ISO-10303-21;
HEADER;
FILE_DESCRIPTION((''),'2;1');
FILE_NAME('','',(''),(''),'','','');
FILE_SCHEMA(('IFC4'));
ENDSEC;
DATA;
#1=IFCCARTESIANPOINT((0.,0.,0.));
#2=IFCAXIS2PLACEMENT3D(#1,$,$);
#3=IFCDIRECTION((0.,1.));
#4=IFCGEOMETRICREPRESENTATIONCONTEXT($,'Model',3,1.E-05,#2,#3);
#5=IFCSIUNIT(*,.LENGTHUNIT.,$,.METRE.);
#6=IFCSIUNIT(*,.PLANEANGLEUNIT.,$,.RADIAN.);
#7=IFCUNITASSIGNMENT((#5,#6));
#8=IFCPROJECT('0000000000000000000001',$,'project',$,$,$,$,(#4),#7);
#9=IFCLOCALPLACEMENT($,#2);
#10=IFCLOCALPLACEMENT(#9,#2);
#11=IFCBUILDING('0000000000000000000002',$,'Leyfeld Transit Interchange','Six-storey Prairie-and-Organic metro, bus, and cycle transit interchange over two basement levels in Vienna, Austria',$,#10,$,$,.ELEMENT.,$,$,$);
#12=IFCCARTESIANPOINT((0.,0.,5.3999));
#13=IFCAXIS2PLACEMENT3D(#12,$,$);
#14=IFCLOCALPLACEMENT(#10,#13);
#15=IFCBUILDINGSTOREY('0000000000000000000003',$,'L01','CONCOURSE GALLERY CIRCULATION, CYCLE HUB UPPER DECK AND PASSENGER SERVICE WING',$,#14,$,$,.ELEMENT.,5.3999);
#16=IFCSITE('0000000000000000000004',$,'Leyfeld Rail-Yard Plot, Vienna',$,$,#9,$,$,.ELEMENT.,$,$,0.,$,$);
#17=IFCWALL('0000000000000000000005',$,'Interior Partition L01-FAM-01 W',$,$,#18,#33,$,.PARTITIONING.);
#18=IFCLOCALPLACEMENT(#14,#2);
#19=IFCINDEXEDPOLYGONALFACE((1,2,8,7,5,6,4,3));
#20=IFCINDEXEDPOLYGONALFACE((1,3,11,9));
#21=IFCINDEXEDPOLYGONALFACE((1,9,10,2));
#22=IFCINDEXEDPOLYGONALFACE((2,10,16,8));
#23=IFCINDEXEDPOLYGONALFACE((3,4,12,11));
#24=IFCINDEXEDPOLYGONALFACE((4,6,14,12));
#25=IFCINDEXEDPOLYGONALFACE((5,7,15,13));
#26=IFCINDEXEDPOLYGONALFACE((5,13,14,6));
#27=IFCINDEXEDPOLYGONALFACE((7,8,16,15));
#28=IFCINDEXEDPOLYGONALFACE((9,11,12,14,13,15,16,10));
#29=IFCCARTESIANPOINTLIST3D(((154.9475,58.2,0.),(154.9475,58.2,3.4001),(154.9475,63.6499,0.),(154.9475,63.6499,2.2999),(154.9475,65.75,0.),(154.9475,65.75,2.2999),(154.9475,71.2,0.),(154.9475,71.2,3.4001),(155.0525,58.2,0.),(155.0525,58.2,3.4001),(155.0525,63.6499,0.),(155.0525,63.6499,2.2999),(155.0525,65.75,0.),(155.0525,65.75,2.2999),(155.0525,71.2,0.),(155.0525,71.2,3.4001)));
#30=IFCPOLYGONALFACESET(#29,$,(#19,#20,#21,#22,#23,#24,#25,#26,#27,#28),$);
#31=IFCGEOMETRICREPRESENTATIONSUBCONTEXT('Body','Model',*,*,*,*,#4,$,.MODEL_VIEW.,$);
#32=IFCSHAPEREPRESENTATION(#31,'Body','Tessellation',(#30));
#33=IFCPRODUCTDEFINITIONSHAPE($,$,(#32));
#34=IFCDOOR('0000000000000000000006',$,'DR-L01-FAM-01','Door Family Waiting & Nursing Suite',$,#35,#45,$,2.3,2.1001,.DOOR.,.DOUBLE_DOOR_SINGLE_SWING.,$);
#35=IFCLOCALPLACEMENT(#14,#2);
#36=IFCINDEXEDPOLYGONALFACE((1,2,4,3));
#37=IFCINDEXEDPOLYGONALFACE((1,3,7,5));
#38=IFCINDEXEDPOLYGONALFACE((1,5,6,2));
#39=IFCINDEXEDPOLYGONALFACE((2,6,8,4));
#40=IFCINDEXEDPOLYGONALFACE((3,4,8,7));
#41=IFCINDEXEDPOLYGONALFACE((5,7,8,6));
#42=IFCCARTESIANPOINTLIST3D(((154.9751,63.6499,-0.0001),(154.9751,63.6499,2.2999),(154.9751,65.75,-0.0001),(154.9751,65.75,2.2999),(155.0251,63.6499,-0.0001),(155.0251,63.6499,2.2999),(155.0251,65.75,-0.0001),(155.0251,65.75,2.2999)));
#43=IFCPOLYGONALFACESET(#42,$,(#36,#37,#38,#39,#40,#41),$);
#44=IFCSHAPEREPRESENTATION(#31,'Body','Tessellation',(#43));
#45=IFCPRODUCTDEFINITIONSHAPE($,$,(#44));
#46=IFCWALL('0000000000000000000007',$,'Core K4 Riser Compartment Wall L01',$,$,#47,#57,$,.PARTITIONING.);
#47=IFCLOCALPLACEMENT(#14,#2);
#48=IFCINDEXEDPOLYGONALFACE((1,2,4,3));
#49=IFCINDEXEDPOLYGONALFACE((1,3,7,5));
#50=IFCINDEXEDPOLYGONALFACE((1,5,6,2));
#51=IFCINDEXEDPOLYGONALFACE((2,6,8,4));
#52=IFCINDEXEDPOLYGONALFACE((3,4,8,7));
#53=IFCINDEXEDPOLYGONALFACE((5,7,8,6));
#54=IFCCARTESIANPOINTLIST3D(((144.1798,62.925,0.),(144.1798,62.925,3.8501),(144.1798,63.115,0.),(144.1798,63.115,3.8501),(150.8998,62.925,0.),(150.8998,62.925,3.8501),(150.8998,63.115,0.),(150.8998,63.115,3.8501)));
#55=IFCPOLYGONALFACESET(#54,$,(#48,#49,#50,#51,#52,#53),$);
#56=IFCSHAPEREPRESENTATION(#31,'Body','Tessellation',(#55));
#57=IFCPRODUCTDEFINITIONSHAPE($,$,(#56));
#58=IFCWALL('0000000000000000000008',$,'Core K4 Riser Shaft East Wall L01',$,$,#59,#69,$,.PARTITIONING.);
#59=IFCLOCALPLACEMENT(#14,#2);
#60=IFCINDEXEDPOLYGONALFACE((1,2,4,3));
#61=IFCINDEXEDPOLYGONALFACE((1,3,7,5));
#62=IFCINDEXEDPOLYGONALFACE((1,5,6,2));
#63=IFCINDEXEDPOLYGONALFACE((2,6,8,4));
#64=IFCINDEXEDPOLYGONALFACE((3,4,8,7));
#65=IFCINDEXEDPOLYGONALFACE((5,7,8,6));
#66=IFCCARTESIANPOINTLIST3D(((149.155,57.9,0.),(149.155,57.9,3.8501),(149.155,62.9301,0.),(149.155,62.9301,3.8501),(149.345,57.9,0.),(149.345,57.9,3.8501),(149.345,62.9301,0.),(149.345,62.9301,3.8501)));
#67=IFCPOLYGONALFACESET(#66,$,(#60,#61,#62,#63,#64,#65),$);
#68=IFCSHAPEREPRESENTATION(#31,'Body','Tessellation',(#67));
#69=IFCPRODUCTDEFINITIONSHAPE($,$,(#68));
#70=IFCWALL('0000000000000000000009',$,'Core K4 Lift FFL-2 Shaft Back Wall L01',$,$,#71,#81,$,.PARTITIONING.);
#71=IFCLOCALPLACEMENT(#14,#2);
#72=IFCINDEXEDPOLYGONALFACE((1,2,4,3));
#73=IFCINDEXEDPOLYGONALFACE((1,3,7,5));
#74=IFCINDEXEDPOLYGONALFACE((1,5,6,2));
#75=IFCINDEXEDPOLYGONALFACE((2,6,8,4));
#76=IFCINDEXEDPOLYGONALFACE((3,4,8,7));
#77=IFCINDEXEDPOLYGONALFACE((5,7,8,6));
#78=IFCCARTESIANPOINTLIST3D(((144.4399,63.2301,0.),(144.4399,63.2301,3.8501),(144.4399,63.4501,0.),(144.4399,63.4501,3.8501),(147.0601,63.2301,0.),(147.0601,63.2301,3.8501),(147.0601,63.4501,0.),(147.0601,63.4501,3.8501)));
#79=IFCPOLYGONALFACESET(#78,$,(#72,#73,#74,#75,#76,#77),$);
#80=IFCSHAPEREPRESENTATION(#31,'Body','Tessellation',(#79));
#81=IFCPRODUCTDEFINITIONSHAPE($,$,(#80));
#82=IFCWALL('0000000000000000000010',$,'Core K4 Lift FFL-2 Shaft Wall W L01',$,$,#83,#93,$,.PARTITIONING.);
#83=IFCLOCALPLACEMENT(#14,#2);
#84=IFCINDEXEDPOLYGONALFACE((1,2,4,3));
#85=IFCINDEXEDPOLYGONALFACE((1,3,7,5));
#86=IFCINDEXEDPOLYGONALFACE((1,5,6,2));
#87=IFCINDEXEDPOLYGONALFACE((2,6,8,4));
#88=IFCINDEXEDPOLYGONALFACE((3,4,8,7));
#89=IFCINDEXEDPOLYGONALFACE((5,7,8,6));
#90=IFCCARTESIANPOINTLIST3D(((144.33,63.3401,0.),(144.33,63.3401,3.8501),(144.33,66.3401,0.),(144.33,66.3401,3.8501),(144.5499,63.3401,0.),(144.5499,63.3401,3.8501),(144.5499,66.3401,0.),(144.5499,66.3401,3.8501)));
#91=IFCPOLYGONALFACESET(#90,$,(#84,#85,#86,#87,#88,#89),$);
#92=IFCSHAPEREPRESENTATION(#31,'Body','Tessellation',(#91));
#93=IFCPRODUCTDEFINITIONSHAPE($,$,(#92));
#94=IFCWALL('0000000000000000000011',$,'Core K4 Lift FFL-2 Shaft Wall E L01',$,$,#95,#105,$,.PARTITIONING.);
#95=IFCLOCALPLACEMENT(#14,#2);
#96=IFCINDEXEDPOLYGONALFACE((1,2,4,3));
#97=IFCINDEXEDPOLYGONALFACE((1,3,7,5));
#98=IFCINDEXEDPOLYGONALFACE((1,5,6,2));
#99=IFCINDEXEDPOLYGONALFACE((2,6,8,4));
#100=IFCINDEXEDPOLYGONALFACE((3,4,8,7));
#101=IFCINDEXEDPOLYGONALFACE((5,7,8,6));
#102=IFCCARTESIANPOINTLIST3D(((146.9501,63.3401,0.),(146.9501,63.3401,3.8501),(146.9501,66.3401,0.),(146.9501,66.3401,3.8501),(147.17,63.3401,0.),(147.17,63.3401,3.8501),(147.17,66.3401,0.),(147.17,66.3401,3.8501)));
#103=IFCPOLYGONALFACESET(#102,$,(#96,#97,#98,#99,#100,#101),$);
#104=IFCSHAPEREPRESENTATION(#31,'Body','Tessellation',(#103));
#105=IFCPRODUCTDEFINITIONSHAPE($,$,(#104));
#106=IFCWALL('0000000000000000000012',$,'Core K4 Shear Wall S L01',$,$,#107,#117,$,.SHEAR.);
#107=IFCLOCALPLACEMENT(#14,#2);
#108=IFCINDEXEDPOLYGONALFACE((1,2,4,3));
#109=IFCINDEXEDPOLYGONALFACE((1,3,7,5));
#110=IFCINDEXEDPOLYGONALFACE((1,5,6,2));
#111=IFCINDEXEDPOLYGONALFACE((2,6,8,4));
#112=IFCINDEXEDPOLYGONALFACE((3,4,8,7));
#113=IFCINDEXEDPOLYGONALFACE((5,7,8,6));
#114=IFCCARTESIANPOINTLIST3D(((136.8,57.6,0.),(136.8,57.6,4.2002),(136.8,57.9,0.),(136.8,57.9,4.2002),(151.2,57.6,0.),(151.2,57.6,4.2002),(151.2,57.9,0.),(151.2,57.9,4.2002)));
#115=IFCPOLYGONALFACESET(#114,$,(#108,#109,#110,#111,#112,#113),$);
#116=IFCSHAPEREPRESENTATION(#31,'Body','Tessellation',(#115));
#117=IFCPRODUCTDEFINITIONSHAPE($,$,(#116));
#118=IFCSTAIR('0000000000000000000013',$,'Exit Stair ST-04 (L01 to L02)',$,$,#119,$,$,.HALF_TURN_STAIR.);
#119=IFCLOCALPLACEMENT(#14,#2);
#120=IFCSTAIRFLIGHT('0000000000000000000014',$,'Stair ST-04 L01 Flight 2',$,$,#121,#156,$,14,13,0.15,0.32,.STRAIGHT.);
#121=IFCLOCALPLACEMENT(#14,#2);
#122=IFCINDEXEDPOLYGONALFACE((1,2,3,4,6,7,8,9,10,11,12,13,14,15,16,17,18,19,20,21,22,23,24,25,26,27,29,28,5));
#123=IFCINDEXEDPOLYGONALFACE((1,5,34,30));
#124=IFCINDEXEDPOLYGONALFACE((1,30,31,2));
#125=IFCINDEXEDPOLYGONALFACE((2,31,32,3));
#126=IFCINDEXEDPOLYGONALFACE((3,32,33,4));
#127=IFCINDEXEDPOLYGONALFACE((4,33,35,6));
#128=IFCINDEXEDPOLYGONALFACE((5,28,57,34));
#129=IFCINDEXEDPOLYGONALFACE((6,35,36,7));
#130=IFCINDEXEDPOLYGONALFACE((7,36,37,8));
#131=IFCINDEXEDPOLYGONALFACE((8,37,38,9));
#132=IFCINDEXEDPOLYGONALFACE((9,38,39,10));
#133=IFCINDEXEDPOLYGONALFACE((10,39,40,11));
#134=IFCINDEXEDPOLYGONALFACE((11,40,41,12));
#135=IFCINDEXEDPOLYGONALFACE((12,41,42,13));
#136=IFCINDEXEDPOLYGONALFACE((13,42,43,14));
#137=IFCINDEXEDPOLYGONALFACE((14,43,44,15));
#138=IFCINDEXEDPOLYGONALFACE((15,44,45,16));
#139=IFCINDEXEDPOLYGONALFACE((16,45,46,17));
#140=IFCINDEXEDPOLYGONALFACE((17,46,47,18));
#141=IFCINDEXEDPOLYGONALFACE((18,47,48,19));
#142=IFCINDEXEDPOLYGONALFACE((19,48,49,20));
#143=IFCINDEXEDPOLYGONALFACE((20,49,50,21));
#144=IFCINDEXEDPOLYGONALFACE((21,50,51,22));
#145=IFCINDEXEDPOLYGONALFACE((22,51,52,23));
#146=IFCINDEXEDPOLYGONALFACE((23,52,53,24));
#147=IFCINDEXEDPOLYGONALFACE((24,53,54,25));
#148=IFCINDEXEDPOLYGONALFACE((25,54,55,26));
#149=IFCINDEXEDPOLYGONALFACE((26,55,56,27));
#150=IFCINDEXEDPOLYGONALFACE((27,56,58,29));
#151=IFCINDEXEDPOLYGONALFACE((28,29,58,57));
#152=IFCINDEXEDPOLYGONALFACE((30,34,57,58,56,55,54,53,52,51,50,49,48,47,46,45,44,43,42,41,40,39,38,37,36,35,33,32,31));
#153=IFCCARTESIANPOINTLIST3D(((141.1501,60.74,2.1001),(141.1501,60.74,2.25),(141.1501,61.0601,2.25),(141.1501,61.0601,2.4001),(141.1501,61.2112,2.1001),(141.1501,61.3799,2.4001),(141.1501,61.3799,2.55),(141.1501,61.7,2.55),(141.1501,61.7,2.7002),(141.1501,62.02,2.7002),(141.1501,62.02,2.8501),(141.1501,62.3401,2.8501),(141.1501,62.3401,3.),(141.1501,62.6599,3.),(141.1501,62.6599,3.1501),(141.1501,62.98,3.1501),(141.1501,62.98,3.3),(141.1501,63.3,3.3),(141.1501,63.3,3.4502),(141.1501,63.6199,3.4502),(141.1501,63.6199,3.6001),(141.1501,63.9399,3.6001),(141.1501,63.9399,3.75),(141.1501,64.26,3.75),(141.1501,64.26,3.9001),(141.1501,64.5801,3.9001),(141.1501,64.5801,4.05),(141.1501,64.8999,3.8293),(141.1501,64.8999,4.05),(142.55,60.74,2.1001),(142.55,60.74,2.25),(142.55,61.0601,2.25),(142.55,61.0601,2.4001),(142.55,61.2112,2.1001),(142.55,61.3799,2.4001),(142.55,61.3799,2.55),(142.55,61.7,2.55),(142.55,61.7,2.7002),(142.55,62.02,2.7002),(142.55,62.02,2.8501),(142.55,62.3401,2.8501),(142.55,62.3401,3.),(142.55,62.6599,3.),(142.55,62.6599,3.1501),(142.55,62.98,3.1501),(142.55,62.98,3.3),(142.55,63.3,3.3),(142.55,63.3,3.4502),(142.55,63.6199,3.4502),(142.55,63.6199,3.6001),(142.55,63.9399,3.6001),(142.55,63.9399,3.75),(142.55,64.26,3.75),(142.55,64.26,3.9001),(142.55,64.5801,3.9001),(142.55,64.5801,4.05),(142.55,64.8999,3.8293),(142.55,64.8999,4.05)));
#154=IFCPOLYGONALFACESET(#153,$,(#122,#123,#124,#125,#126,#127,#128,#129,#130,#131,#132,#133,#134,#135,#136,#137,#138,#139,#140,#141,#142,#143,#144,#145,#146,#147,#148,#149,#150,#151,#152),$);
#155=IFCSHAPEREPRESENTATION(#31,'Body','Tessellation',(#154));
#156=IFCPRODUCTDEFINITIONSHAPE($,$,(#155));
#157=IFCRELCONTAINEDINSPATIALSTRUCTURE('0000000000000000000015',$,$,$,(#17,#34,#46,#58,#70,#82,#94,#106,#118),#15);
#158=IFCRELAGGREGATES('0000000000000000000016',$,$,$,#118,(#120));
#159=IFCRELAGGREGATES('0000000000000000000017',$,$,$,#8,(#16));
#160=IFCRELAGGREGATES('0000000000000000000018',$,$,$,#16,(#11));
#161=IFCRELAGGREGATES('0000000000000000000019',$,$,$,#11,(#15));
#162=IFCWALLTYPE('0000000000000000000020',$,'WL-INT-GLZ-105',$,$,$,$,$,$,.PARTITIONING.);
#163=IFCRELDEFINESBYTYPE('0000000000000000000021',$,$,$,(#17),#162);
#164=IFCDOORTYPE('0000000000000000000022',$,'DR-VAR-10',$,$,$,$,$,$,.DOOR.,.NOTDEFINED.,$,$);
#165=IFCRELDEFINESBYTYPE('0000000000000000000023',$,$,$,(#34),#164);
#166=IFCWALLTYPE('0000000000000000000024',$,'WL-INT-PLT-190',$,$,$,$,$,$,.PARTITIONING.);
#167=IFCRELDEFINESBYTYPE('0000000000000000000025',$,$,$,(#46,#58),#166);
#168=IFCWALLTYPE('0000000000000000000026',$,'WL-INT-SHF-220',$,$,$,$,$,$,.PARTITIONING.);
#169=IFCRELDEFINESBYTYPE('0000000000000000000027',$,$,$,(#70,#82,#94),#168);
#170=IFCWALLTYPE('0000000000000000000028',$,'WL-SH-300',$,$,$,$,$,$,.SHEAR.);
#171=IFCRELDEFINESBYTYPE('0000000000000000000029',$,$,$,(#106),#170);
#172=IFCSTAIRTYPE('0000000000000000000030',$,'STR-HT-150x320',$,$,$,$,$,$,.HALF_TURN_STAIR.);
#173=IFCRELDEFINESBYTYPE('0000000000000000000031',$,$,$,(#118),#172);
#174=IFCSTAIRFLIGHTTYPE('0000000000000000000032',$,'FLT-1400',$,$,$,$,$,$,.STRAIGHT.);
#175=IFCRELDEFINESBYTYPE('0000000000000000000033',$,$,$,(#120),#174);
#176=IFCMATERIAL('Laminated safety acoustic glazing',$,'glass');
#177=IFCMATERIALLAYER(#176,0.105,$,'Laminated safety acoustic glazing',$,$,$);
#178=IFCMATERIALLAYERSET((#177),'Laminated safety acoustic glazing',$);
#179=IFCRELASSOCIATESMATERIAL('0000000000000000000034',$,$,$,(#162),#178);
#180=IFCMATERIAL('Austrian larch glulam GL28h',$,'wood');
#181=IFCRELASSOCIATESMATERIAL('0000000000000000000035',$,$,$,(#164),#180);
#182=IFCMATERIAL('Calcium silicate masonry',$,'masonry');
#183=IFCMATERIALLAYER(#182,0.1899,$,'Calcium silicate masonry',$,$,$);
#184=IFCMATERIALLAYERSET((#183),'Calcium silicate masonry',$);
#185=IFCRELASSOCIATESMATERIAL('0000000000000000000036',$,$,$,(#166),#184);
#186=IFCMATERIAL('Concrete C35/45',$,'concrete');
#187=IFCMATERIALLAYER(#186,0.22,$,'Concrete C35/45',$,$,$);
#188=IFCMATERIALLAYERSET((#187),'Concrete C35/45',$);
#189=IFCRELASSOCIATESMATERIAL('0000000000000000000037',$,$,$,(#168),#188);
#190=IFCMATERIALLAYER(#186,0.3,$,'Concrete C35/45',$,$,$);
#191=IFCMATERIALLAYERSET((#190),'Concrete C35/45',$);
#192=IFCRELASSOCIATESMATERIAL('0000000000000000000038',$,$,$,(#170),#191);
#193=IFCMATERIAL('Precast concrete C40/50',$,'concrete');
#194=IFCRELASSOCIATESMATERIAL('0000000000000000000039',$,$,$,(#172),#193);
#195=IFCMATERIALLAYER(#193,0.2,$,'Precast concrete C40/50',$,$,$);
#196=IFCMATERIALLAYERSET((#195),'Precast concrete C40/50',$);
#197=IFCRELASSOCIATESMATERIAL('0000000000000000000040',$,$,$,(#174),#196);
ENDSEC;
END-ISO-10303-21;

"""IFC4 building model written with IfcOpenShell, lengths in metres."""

from ifc_helpers import new_model, si_unit, direction, frame, frame_2d, origin, place, context, subcontext, project, spatial, polyline, rectangle, outline, extrude, material, layer, layer_set, type_object, element, fill, aggregate, save


model = new_model("IFC4")

# Units and contexts
model_context = context("Model", 3, precision=1e-05, world=origin(), true_north=direction((0.0, 1.0)))
body_context = subcontext(model_context, "Body", "Model", "MODEL_VIEW")
ifc_project = project(units=[si_unit("LENGTHUNIT", "METRE"), si_unit("PLANEANGLEUNIT", "RADIAN")], contexts=[model_context])

# Site, building, storey
site_placement = place(None, origin())
site = spatial("IfcSite", under=ifc_project, at=site_placement, Name="Leyfeld Rail-Yard Plot, Vienna", CompositionType="ELEMENT", RefElevation=0.0)
building_placement = place(site_placement, origin())
building = spatial("IfcBuilding", under=site, at=building_placement, Name="Leyfeld Transit Interchange", Description="Six-storey Prairie-and-Organic metro, bus, and cycle transit interchange over two basement levels in Vienna, Austria", CompositionType="ELEMENT")
storey_placement = place(building_placement, frame((0.0, 0.0, 5.3999)))
storey = spatial("IfcBuildingStorey", under=building, at=storey_placement, Name="L01", Description="CONCOURSE GALLERY CIRCULATION, CYCLE HUB UPPER DECK AND PASSENGER SERVICE WING", CompositionType="ELEMENT", Elevation=5.3999)

# Wall, opening, door
ifc_material_1 = material(Name="Laminated safety acoustic glazing", Category="glass")
ifc_layer_1 = layer(ifc_material_1, 0.105, Name="Laminated safety acoustic glazing")
ifc_layer_set_1 = layer_set([ifc_layer_1], Name="Laminated safety acoustic glazing")
wall_type_1 = type_object("IfcWallType", Name="WL-INT-GLZ-105", PredefinedType="PARTITIONING", material=ifc_layer_set_1)
wall_1_placement = place(storey_placement, frame((155.0, 58.2, 0.0), z_axis=(0.0, 0.0, 1.0), x_axis=(0.0, 1.0, 0.0)))
wall_1 = element("IfcWall", 1, at=wall_1_placement, inside=storey, type_object=wall_type_1, Name="Interior Partition L01-FAM-01 W", PredefinedType="PARTITIONING", context=body_context, shape_type="SweptSolid", body=[
    extrude(rectangle(XDim=13.0, YDim=0.105, at=frame_2d((6.5, 0.0))), origin(), (0.0, 0.0, 1.0), 3.4001),
])
opening_placement = place(wall_1_placement, frame((5.45, 0.0, 0.0)))
opening = element("IfcOpeningElement", 2, at=opening_placement, cuts=wall_1, PredefinedType="OPENING", context=body_context, shape_type="SweptSolid", body=[
    extrude(rectangle(XDim=2.1001, YDim=2.3, at=frame_2d((1.05, 1.1499))), frame((0.0, 0.0625, 0.0), z_axis=(0.0, -1.0, 0.0), x_axis=(1.0, 0.0, 0.0)), (0.0, 0.0, 1.0), 0.125),
])
ifc_material_2 = material(Name="Austrian larch glulam GL28h", Category="wood")
door_type = type_object("IfcDoorType", Name="DR-VAR-10", OperationType="NOTDEFINED", PredefinedType="DOOR", material=ifc_material_2)
door_placement = place(opening_placement, origin())
door = element("IfcDoor", 3, at=door_placement, inside=storey, type_object=door_type, Name="DR-L01-FAM-01", Description="Door Family Waiting & Nursing Suite", OperationType="DOUBLE_DOOR_SINGLE_SWING", OverallHeight=2.3, OverallWidth=2.1001, PredefinedType="DOOR", context=body_context, shape_type="SweptSolid", body=[
    extrude(rectangle(XDim=2.1001, YDim=2.3, at=frame_2d((1.05, 1.1499))), frame((0.0, 0.0249, 0.0), z_axis=(0.0, -1.0, 0.0), x_axis=(1.0, 0.0, 0.0)), (0.0, 0.0, 1.0), 0.05),
])
fill(opening, door)

# Walls
ifc_material_3 = material(Name="Calcium silicate masonry", Category="masonry")
ifc_layer_2 = layer(ifc_material_3, 0.1899, Name="Calcium silicate masonry")
ifc_layer_set_2 = layer_set([ifc_layer_2], Name="Calcium silicate masonry")
wall_type_2 = type_object("IfcWallType", Name="WL-INT-PLT-190", PredefinedType="PARTITIONING", material=ifc_layer_set_2)
wall_2_placement = place(storey_placement, frame((144.1799, 63.02, 0.0), z_axis=(0.0, 0.0, 1.0), x_axis=(1.0, 0.0, 0.0)))
element("IfcWall", 4, at=wall_2_placement, inside=storey, type_object=wall_type_2, Name="Core K4 Riser Compartment Wall L01", PredefinedType="PARTITIONING", context=body_context, shape_type="SweptSolid", body=[
    extrude(rectangle(XDim=6.72, YDim=0.1899, at=frame_2d((3.3599, 0.0))), origin(), (0.0, 0.0, 1.0), 3.8501),
])
wall_3_placement = place(storey_placement, frame((149.25, 57.8999, 0.0), z_axis=(0.0, 0.0, 1.0), x_axis=(0.0, 1.0, 0.0)))
element("IfcWall", 5, at=wall_3_placement, inside=storey, type_object=wall_type_2, Name="Core K4 Riser Shaft East Wall L01", PredefinedType="PARTITIONING", context=body_context, shape_type="SweptSolid", body=[
    extrude(rectangle(XDim=5.03, YDim=0.1899, at=frame_2d((2.5151, 0.0))), origin(), (0.0, 0.0, 1.0), 3.8501),
])
ifc_material_4 = material(Name="Concrete C35/45", Category="concrete")
ifc_layer_3 = layer(ifc_material_4, 0.22, Name="Concrete C35/45")
ifc_layer_set_3 = layer_set([ifc_layer_3], Name="Concrete C35/45")
wall_type_3 = type_object("IfcWallType", Name="WL-INT-SHF-220", PredefinedType="PARTITIONING", material=ifc_layer_set_3)
wall_4_placement = place(storey_placement, frame((144.4399, 63.3401, 0.0), z_axis=(0.0, 0.0, 1.0), x_axis=(1.0, 0.0, 0.0)))
element("IfcWall", 6, at=wall_4_placement, inside=storey, type_object=wall_type_3, Name="Core K4 Lift FFL-2 Shaft Back Wall L01", PredefinedType="PARTITIONING", context=body_context, shape_type="SweptSolid", body=[
    extrude(rectangle(XDim=2.6201, YDim=0.22, at=frame_2d((1.3101, 0.0))), origin(), (0.0, 0.0, 1.0), 3.8501),
])
for number, where, z_axis, x_axis, name in (
    (7, (144.4399, 63.3401, 0.0), (0.0, 0.0, 1.0), (0.0, 1.0, 0.0), "Core K4 Lift FFL-2 Shaft Wall W L01"),
    (8, (147.0601, 63.3401, 0.0), (0.0, 0.0, 1.0), (0.0, 1.0, 0.0), "Core K4 Lift FFL-2 Shaft Wall E L01"),
):
    element("IfcWall", number, at=place(storey_placement, frame(where, z_axis=z_axis, x_axis=x_axis)), inside=storey, type_object=wall_type_3, Name=name, PredefinedType="PARTITIONING", context=body_context, shape_type="SweptSolid", body=[
        extrude(rectangle(XDim=3.0, YDim=0.22, at=frame_2d((1.5, 0.0))), origin(), (0.0, 0.0, 1.0), 3.8501),
    ])
ifc_layer_4 = layer(ifc_material_4, 0.3, Name="Concrete C35/45")
ifc_layer_set_4 = layer_set([ifc_layer_4], Name="Concrete C35/45")
wall_type_4 = type_object("IfcWallType", Name="WL-SH-300", PredefinedType="SHEAR", material=ifc_layer_set_4)
wall_5_placement = place(storey_placement, frame((151.2, 57.75, 0.0), z_axis=(0.0, 0.0, 1.0), x_axis=(-1.0, 0.0, 0.0)))
element("IfcWall", 9, at=wall_5_placement, inside=storey, type_object=wall_type_4, Name="Core K4 Shear Wall S L01", PredefinedType="SHEAR", context=body_context, shape_type="SweptSolid", body=[
    extrude(rectangle(XDim=14.3999, YDim=0.3, at=frame_2d((7.2, 0.0))), origin(), (0.0, 0.0, 1.0), 4.2002),
])

# Stair, stair flight
ifc_material_5 = material(Name="Precast concrete C40/50", Category="concrete")
stair_type = type_object("IfcStairType", Name="STR-HT-150x320", PredefinedType="HALF_TURN_STAIR", material=ifc_material_5)
stair_placement = place(storey_placement, origin())
stair = element("IfcStair", 10, at=stair_placement, inside=storey, type_object=stair_type, Name="Exit Stair ST-04 (L01 to L02)", PredefinedType="HALF_TURN_STAIR")
ifc_layer_5 = layer(ifc_material_5, 0.2, Name="Precast concrete C40/50")
ifc_layer_set_5 = layer_set([ifc_layer_5], Name="Precast concrete C40/50")
stair_flight_type = type_object("IfcStairFlightType", Name="FLT-1400", PredefinedType="STRAIGHT", material=ifc_layer_set_5)
stair_flight_placement = place(storey_placement, frame((141.8501, 60.74, 2.1001), z_axis=(0.0, 0.0, 1.0), x_axis=(0.0, 1.0, 0.0)))
stair_flight = element("IfcStairFlight", 11, at=stair_flight_placement, type_object=stair_flight_type, Name="Stair ST-04 L01 Flight 2", NumberOfRisers=14, NumberOfTreads=13, PredefinedType="STRAIGHT", RiserHeight=0.15, TreadLength=0.32, context=body_context, shape_type="SweptSolid", body=[
    extrude(outline(polyline([(0.0, 0.0), (0.0, 0.1499), (0.3201, 0.1499), (0.3201, 0.3), (0.6399, 0.3), (0.6399, 0.45), (0.96, 0.45), (0.96, 0.6001), (1.28, 0.6001), (1.28, 0.75), (1.6001, 0.75), (1.6001, 0.8999), (1.9199, 0.8999), (1.9199, 1.05), (2.24, 1.05), (2.24, 1.2), (2.5601, 1.2), (2.5601, 1.3501), (2.8799, 1.3501), (2.8799, 1.5), (3.2, 1.5), (3.2, 1.6499), (3.52, 1.6499), (3.52, 1.8), (3.8401, 1.8), (3.8401, 1.95), (4.1599, 1.95), (4.1599, 2.1001), (4.1599, 1.7292), (0.4712, 0.0), (0.0, 0.0)])), frame((0.0, 0.7, 0.0), z_axis=(0.0, -1.0, 0.0), x_axis=(1.0, 0.0, 0.0)), (0.0, 0.0, 1.0), 1.3999),
])
aggregate(stair, [stair_flight])

save(model, "model.ifc")
